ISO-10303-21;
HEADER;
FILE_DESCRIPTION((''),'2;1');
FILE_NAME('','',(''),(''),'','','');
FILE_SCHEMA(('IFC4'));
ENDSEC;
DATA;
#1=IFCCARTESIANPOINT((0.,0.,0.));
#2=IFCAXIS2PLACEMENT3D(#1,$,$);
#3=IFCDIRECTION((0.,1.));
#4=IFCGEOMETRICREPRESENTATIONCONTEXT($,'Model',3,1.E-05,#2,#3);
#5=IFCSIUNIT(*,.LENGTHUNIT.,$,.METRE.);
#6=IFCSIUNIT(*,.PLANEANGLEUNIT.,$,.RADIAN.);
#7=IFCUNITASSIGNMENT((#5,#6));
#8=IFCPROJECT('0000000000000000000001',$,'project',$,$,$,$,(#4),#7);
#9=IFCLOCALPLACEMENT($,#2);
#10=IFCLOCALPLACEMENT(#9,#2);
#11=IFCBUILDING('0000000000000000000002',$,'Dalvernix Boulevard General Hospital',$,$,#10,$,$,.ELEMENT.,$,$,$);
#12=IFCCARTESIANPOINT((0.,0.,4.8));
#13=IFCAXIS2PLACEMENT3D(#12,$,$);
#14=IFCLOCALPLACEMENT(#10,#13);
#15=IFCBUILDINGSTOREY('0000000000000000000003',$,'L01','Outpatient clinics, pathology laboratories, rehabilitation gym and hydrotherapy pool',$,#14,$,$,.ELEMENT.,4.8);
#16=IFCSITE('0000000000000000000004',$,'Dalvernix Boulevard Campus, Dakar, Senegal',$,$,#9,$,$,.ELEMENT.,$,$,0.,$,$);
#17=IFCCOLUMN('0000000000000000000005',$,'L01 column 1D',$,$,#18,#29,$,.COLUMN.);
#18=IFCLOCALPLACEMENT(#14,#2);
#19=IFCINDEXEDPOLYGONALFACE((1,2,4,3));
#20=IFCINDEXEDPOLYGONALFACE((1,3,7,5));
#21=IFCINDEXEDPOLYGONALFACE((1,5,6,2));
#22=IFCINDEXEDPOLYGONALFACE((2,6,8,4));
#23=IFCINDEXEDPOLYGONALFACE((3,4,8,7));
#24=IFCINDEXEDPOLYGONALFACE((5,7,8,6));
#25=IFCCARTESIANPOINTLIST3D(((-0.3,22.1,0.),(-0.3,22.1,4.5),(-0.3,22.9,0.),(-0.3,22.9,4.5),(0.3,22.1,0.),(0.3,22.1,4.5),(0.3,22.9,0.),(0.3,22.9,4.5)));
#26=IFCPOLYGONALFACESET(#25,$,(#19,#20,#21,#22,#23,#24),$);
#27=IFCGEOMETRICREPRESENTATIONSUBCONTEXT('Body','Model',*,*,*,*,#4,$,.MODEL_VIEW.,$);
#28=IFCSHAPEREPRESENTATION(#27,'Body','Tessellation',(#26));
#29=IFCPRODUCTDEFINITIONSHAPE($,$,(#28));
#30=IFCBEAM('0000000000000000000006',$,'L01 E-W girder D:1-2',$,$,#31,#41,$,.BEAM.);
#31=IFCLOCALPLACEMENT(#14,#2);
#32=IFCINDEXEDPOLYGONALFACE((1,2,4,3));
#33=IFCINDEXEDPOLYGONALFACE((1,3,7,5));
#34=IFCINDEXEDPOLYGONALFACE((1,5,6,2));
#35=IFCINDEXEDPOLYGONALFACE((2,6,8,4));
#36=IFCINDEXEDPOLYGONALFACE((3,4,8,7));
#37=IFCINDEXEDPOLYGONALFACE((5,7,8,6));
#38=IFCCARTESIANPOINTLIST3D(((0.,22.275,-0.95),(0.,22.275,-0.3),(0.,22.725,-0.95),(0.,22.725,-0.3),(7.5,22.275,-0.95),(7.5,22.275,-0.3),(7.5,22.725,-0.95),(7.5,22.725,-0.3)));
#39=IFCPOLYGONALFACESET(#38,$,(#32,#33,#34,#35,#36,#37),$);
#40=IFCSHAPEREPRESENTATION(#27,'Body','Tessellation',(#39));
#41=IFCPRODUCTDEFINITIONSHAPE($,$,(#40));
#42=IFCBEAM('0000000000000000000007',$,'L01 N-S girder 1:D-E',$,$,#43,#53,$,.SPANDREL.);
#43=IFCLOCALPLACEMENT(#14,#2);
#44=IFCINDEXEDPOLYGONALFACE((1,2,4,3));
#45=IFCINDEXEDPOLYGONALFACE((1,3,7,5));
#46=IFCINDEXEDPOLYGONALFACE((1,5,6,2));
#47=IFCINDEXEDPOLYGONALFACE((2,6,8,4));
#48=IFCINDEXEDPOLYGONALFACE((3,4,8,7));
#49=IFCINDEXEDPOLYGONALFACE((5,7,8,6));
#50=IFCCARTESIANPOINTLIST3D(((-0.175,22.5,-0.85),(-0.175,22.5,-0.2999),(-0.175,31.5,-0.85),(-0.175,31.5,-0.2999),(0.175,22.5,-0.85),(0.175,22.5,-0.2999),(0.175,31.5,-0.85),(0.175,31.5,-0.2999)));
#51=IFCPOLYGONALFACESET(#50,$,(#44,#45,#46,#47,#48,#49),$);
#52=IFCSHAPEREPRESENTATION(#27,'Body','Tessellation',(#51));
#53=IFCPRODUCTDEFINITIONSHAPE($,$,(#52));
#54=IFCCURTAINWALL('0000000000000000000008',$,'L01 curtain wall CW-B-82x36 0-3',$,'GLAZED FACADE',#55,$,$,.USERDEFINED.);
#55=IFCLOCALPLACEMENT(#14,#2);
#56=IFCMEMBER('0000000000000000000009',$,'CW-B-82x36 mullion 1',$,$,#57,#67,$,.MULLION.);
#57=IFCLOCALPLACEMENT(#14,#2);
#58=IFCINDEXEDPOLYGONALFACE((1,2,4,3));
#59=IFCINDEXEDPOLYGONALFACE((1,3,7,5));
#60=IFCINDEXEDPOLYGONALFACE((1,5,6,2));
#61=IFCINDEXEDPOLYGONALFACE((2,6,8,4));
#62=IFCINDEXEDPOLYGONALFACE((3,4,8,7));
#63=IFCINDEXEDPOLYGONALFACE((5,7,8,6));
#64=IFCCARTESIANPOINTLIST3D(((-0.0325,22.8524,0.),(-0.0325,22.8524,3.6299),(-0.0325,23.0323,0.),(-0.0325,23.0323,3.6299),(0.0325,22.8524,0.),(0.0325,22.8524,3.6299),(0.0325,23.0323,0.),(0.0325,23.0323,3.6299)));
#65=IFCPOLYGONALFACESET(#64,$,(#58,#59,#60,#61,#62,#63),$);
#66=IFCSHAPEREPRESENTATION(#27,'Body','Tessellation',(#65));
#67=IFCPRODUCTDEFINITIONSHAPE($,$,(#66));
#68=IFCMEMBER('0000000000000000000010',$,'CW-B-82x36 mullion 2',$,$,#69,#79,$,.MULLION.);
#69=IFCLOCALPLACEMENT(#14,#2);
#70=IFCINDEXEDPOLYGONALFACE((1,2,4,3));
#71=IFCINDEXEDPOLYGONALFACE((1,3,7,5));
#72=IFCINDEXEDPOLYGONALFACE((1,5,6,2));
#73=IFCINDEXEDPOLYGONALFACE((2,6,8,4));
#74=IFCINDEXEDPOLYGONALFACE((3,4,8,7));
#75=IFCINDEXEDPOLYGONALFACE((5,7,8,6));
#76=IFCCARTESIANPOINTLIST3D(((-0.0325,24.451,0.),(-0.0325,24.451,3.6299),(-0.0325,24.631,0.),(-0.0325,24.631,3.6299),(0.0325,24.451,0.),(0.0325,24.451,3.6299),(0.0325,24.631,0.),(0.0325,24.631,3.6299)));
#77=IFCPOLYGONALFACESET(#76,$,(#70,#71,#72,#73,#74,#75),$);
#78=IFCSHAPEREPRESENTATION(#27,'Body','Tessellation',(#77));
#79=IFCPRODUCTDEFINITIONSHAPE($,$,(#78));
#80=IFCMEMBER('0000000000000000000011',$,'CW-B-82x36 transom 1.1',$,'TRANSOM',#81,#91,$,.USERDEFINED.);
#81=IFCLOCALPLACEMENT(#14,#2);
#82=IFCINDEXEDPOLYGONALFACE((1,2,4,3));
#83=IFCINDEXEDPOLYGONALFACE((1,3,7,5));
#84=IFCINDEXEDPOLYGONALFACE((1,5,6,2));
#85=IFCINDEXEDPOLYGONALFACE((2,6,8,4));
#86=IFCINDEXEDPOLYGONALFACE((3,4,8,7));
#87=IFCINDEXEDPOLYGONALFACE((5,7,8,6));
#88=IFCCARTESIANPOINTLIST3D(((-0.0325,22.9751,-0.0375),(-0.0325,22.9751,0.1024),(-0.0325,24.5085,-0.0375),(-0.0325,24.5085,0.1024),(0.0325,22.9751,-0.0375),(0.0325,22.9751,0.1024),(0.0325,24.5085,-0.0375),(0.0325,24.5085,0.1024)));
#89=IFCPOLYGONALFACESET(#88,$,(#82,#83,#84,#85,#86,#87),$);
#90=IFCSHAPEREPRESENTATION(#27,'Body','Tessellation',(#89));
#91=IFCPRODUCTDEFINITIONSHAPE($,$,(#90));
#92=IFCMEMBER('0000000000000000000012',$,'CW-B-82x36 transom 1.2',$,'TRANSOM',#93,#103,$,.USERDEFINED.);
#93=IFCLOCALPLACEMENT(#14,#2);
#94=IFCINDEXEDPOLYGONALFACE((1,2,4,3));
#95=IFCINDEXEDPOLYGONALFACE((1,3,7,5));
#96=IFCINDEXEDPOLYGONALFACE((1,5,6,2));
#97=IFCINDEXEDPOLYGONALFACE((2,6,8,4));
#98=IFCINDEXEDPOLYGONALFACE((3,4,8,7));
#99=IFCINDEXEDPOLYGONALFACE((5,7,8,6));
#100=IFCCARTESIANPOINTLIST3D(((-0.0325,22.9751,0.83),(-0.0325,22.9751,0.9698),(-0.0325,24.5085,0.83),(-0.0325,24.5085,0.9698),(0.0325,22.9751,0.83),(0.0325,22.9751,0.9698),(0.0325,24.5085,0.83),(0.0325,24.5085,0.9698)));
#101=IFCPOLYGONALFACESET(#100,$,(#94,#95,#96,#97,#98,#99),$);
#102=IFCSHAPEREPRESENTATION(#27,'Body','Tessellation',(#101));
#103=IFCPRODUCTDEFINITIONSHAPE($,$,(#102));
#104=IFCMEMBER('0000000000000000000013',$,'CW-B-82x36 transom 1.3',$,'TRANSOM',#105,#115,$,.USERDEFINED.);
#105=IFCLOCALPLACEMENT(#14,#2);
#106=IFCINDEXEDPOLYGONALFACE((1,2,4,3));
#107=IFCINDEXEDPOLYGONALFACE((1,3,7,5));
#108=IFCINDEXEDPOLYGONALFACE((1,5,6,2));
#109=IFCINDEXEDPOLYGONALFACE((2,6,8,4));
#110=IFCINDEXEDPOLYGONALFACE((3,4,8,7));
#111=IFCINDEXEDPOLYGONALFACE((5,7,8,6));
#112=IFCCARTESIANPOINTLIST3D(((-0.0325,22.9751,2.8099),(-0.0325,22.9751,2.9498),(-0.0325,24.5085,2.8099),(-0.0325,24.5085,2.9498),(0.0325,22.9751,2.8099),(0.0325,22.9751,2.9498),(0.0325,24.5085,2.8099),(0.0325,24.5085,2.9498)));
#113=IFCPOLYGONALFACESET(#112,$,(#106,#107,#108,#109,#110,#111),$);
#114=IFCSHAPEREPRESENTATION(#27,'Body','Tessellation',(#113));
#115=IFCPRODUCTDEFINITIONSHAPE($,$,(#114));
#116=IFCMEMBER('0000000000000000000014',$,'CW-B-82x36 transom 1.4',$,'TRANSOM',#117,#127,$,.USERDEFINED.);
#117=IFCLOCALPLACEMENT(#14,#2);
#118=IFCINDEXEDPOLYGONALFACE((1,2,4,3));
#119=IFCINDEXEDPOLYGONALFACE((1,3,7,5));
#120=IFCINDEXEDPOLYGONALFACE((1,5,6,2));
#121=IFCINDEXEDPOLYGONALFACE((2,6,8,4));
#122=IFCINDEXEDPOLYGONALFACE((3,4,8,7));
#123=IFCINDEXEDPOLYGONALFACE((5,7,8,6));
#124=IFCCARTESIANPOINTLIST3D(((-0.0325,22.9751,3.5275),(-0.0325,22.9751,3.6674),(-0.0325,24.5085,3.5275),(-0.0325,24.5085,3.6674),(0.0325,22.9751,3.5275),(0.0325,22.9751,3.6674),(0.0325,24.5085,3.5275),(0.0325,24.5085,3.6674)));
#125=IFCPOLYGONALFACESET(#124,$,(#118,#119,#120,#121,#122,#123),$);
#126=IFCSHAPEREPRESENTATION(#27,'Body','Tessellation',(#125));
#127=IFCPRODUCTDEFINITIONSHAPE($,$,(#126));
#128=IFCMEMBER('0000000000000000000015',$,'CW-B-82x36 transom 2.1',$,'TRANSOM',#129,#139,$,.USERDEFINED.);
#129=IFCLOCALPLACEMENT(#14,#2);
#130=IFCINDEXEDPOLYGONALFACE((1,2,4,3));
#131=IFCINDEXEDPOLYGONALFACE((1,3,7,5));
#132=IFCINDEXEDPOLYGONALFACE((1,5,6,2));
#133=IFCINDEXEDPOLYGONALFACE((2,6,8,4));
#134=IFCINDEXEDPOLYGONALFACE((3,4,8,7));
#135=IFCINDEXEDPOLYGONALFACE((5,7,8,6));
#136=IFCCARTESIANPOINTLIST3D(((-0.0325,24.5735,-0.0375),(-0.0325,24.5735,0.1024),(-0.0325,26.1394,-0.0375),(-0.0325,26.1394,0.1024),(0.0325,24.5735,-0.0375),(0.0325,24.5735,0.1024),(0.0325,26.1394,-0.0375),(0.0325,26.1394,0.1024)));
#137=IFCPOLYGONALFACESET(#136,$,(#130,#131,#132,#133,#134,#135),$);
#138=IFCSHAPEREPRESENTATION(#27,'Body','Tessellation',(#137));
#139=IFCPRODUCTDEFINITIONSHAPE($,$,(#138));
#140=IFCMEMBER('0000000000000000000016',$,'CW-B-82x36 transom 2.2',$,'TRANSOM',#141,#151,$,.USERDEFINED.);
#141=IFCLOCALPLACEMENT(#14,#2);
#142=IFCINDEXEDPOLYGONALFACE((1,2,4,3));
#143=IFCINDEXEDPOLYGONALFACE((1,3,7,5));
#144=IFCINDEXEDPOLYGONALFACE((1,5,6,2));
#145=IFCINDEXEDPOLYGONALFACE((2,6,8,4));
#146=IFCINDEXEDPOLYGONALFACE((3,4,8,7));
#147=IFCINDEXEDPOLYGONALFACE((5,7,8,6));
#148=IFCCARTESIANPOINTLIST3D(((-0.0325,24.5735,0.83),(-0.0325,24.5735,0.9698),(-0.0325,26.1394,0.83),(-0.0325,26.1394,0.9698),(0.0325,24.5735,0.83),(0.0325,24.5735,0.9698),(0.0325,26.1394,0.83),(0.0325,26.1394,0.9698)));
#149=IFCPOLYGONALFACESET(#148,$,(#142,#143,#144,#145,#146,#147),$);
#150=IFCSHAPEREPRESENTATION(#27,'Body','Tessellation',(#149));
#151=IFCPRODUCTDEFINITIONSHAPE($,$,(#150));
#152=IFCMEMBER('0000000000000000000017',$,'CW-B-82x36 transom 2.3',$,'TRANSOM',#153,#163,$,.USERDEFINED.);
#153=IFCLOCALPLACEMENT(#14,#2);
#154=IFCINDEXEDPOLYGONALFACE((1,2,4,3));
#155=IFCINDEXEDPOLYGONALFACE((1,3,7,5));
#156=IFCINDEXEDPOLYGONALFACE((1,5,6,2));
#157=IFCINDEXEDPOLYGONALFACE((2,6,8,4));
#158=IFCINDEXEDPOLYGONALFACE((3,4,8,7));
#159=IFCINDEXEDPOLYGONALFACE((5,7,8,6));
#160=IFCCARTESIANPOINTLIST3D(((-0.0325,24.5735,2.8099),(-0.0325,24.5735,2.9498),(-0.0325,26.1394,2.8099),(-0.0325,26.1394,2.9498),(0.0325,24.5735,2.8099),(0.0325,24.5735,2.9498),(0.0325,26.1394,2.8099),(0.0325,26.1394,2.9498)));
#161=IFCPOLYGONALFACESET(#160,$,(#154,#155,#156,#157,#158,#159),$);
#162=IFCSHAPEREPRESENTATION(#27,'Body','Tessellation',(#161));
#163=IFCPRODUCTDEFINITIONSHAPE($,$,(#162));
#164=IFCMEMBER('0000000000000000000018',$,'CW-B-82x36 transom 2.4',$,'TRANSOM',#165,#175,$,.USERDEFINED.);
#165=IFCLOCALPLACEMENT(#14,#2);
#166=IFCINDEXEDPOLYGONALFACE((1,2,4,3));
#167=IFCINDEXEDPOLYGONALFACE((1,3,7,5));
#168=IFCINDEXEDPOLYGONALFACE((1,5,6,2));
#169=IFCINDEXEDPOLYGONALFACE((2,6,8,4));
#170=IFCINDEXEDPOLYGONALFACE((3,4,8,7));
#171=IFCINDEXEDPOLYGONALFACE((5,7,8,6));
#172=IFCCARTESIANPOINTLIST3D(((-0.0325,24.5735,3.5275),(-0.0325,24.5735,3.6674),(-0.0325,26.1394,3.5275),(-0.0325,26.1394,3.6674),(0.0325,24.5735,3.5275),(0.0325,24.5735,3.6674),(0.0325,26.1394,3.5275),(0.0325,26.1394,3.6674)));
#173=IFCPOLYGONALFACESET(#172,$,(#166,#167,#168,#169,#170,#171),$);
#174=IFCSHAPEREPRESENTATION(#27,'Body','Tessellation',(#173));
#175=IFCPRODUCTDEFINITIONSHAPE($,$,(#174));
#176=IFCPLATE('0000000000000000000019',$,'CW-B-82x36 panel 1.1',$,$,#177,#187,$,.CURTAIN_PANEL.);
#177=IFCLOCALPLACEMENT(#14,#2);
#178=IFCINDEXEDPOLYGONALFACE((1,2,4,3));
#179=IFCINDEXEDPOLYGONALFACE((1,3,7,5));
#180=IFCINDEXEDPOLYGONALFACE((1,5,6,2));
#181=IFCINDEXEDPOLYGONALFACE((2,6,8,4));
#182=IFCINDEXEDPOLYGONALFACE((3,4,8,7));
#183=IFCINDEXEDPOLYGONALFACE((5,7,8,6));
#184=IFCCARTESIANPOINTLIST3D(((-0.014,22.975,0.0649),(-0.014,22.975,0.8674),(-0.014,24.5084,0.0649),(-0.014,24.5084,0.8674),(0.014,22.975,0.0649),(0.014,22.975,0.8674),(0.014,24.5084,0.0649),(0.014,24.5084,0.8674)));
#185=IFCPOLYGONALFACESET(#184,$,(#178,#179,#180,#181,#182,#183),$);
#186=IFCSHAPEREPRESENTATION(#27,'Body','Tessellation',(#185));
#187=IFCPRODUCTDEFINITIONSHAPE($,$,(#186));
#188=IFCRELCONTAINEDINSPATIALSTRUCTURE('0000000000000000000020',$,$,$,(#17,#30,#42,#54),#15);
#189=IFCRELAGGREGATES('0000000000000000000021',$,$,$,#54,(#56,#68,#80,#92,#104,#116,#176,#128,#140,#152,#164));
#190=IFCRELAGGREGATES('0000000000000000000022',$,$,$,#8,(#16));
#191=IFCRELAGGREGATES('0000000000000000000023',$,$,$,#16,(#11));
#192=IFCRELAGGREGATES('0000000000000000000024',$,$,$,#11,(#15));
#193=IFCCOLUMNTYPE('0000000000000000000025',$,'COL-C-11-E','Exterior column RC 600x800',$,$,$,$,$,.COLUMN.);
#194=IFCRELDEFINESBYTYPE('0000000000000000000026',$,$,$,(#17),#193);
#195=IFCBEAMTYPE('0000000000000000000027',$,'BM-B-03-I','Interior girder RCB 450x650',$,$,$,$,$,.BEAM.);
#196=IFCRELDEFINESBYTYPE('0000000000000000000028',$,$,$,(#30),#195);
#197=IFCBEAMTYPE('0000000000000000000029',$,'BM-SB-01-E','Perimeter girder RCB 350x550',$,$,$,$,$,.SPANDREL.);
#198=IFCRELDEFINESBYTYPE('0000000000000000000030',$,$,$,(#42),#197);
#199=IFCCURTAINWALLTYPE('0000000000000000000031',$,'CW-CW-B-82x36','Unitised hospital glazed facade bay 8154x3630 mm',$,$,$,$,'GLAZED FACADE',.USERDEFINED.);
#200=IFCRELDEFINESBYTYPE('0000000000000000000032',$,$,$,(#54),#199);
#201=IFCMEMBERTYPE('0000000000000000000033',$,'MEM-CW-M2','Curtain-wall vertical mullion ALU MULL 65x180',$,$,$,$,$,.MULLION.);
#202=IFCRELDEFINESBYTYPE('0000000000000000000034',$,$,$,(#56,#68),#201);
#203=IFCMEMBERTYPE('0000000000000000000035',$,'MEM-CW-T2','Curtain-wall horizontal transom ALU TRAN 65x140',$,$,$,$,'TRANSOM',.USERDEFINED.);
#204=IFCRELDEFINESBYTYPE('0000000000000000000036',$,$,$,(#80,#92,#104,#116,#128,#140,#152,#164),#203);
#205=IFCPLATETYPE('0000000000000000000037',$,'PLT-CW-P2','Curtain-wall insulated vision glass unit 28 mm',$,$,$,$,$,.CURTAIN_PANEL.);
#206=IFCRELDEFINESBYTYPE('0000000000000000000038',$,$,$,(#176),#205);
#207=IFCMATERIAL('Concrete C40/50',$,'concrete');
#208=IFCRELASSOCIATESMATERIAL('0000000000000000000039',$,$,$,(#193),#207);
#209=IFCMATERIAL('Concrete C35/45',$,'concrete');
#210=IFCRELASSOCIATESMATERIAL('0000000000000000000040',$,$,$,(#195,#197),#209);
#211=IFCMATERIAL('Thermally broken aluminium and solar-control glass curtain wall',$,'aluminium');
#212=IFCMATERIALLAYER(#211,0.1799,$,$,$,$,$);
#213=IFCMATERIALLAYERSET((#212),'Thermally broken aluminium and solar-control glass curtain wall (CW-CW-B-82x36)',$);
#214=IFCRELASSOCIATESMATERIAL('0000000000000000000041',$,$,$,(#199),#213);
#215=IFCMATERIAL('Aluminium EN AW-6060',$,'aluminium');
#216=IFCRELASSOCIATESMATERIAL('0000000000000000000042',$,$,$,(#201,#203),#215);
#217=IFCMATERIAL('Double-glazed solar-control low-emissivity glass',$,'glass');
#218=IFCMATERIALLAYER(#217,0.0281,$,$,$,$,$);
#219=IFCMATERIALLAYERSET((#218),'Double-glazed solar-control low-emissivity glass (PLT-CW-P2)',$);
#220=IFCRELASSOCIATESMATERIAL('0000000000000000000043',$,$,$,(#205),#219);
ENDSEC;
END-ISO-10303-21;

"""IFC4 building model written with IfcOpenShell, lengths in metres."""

from ifc_helpers import new_model, si_unit, direction, frame, origin, origin_2d, place, context, subcontext, project, spatial, rectangle, extrude, material, layer, layer_set, material_profile, profile_set, type_object, element, aggregate, save


model = new_model("IFC4")

# Units and contexts
model_context = context("Model", 3, precision=1e-05, world=origin(), true_north=direction((0.0, 1.0)))
body_context = subcontext(model_context, "Body", "Model", "MODEL_VIEW")
ifc_project = project(units=[si_unit("LENGTHUNIT", "METRE"), si_unit("PLANEANGLEUNIT", "RADIAN")], contexts=[model_context])

# Site, building, storey
site_placement = place(None, origin())
site = spatial("IfcSite", under=ifc_project, at=site_placement, Name="Dalvernix Boulevard Campus, Dakar, Senegal", CompositionType="ELEMENT", RefElevation=0.0)
building_placement = place(site_placement, origin())
building = spatial("IfcBuilding", under=site, at=building_placement, Name="Dalvernix Boulevard General Hospital", CompositionType="ELEMENT")
storey_placement = place(building_placement, frame((0.0, 0.0, 4.8)))
storey = spatial("IfcBuildingStorey", under=building, at=storey_placement, Name="L01", Description="Outpatient clinics, pathology laboratories, rehabilitation gym and hydrotherapy pool", CompositionType="ELEMENT", Elevation=4.8)

# Column
ifc_material_1 = material(Name="Concrete C40/50", Category="concrete")
ifc_material_profile_1 = material_profile(ifc_material_1, rectangle(XDim=0.6001, YDim=0.8, at=origin_2d()), Name="RC 600x800")
ifc_profile_set_1 = profile_set([ifc_material_profile_1], Name="Concrete C40/50")
column_type = type_object("IfcColumnType", Name="COL-C-11-E", Description="Exterior column RC 600x800", PredefinedType="COLUMN", material=ifc_profile_set_1)
column_placement = place(storey_placement, frame((0.0, 22.5, 0.0), z_axis=(0.0, 0.0, 1.0), x_axis=(1.0, 0.0, 0.0)))
element("IfcColumn", 1, at=column_placement, inside=storey, type_object=column_type, Name="L01 column 1D", PredefinedType="COLUMN", context=body_context, shape_type="SweptSolid", body=[
    extrude(rectangle(XDim=0.6001, YDim=0.8, at=origin_2d()), origin(), (0.0, 0.0, 1.0), 4.5),
])

# Beams
ifc_material_2 = material(Name="Concrete C35/45", Category="concrete")
ifc_material_profile_2 = material_profile(ifc_material_2, rectangle(XDim=0.45, YDim=0.6499, at=origin_2d()), Name="RCB 450x650")
ifc_profile_set_2 = profile_set([ifc_material_profile_2], Name="Concrete C35/45")
beam_type_1 = type_object("IfcBeamType", Name="BM-B-03-I", Description="Interior girder RCB 450x650", PredefinedType="BEAM", material=ifc_profile_set_2)
beam_1_placement = place(storey_placement, frame((0.0, 22.5, -0.625), z_axis=(1.0, 0.0, 0.0), x_axis=(0.0, 1.0, 0.0)))
element("IfcBeam", 2, at=beam_1_placement, inside=storey, type_object=beam_type_1, Name="L01 E-W girder D:1-2", PredefinedType="BEAM", context=body_context, shape_type="SweptSolid", body=[
    extrude(rectangle(XDim=0.45, YDim=0.6499, at=origin_2d()), origin(), (0.0, 0.0, 1.0), 7.5),
])
ifc_material_profile_3 = material_profile(ifc_material_2, rectangle(XDim=0.3501, YDim=0.55, at=origin_2d()), Name="RCB 350x550")
ifc_profile_set_3 = profile_set([ifc_material_profile_3], Name="Concrete C35/45")
beam_type_2 = type_object("IfcBeamType", Name="BM-SB-01-E", Description="Perimeter girder RCB 350x550", PredefinedType="SPANDREL", material=ifc_profile_set_3)
beam_2_placement = place(storey_placement, frame((0.0, 22.5, -0.575), z_axis=(0.0, 1.0, 0.0), x_axis=(-1.0, 0.0, 0.0)))
element("IfcBeam", 3, at=beam_2_placement, inside=storey, type_object=beam_type_2, Name="L01 N-S girder 1:D-E", PredefinedType="SPANDREL", context=body_context, shape_type="SweptSolid", body=[
    extrude(rectangle(XDim=0.3501, YDim=0.55, at=origin_2d()), origin(), (0.0, 0.0, 1.0), 9.0),
])

# Curtain wall, members, plate
ifc_material_3 = material(Name="Thermally broken aluminium and solar-control glass curtain wall", Category="aluminium")
ifc_layer_1 = layer(ifc_material_3, 0.1799)
ifc_layer_set_1 = layer_set([ifc_layer_1], Name="Thermally broken aluminium and solar-control glass curtain wall (CW-CW-B-82x36)")
curtain_wall_type = type_object("IfcCurtainWallType", Name="CW-CW-B-82x36", Description="Unitised hospital glazed facade bay 8154x3630 mm", ElementType="GLAZED FACADE", PredefinedType="USERDEFINED", material=ifc_layer_set_1)
curtain_wall_placement = place(storey_placement, origin())
curtain_wall = element("IfcCurtainWall", 4, at=curtain_wall_placement, inside=storey, type_object=curtain_wall_type, Name="L01 curtain wall CW-B-82x36 0-3", ObjectType="GLAZED FACADE", PredefinedType="USERDEFINED")
ifc_material_4 = material(Name="Aluminium EN AW-6060", Category="aluminium")
ifc_material_profile_4 = material_profile(ifc_material_4, rectangle(XDim=0.0649, YDim=0.1799, at=origin_2d()), Name="ALU MULL 65x180")
ifc_profile_set_4 = profile_set([ifc_material_profile_4], Name="Aluminium EN AW-6060")
member_type_1 = type_object("IfcMemberType", Name="MEM-CW-M2", Description="Curtain-wall vertical mullion ALU MULL 65x180", PredefinedType="MULLION", material=ifc_profile_set_4)
member_1_placement = place(storey_placement, frame((0.0, 22.9424, 0.0), z_axis=(0.0, 0.0, 1.0), x_axis=(-1.0, 0.0, 0.0)))
member_1 = element("IfcMember", 5, at=member_1_placement, type_object=member_type_1, Name="CW-B-82x36 mullion 1", PredefinedType="MULLION", context=body_context, shape_type="SweptSolid", body=[
    extrude(rectangle(XDim=0.0649, YDim=0.1799, at=origin_2d()), origin(), (0.0, 0.0, 1.0), 3.6299),
])
member_2_placement = place(storey_placement, frame((0.0, 24.541, 0.0), z_axis=(0.0, 0.0, 1.0), x_axis=(-1.0, 0.0, 0.0)))
member_2 = element("IfcMember", 6, at=member_2_placement, type_object=member_type_1, Name="CW-B-82x36 mullion 2", PredefinedType="MULLION", context=body_context, shape_type="SweptSolid", body=[
    extrude(rectangle(XDim=0.0649, YDim=0.1799, at=origin_2d()), origin(), (0.0, 0.0, 1.0), 3.6299),
])
ifc_material_profile_5 = material_profile(ifc_material_4, rectangle(XDim=0.0649, YDim=0.1399, at=origin_2d()), Name="ALU TRAN 65x140")
ifc_profile_set_5 = profile_set([ifc_material_profile_5], Name="Aluminium EN AW-6060")
member_type_2 = type_object("IfcMemberType", Name="MEM-CW-T2", Description="Curtain-wall horizontal transom ALU TRAN 65x140", ElementType="TRANSOM", PredefinedType="USERDEFINED", material=ifc_profile_set_5)
member_3_placement = place(storey_placement, frame((0.0, 22.9751, 0.0325), z_axis=(0.0, 1.0, 0.0), x_axis=(-1.0, 0.0, 0.0)))
member_3 = element("IfcMember", 7, at=member_3_placement, type_object=member_type_2, Name="CW-B-82x36 transom 1.1", ObjectType="TRANSOM", PredefinedType="USERDEFINED", context=body_context, shape_type="SweptSolid", body=[
    extrude(rectangle(XDim=0.0649, YDim=0.1399, at=origin_2d()), origin(), (0.0, 0.0, 1.0), 1.5334),
])
member_4_placement = place(storey_placement, frame((0.0, 22.9751, 0.8999), z_axis=(0.0, 1.0, 0.0), x_axis=(-1.0, 0.0, 0.0)))
member_4 = element("IfcMember", 8, at=member_4_placement, type_object=member_type_2, Name="CW-B-82x36 transom 1.2", ObjectType="TRANSOM", PredefinedType="USERDEFINED", context=body_context, shape_type="SweptSolid", body=[
    extrude(rectangle(XDim=0.0649, YDim=0.1399, at=origin_2d()), origin(), (0.0, 0.0, 1.0), 1.5334),
])
member_5_placement = place(storey_placement, frame((0.0, 22.9751, 2.8799), z_axis=(0.0, 1.0, 0.0), x_axis=(-1.0, 0.0, 0.0)))
member_5 = element("IfcMember", 9, at=member_5_placement, type_object=member_type_2, Name="CW-B-82x36 transom 1.3", ObjectType="TRANSOM", PredefinedType="USERDEFINED", context=body_context, shape_type="SweptSolid", body=[
    extrude(rectangle(XDim=0.0649, YDim=0.1399, at=origin_2d()), origin(), (0.0, 0.0, 1.0), 1.5334),
])
member_6_placement = place(storey_placement, frame((0.0, 22.9751, 3.5974), z_axis=(0.0, 1.0, 0.0), x_axis=(-1.0, 0.0, 0.0)))
member_6 = element("IfcMember", 10, at=member_6_placement, type_object=member_type_2, Name="CW-B-82x36 transom 1.4", ObjectType="TRANSOM", PredefinedType="USERDEFINED", context=body_context, shape_type="SweptSolid", body=[
    extrude(rectangle(XDim=0.0649, YDim=0.1399, at=origin_2d()), origin(), (0.0, 0.0, 1.0), 1.5334),
])
member_7_placement = place(storey_placement, frame((0.0, 24.5735, 0.0325), z_axis=(0.0, 1.0, 0.0), x_axis=(-1.0, 0.0, 0.0)))
member_7 = element("IfcMember", 11, at=member_7_placement, type_object=member_type_2, Name="CW-B-82x36 transom 2.1", ObjectType="TRANSOM", PredefinedType="USERDEFINED", context=body_context, shape_type="SweptSolid", body=[
    extrude(rectangle(XDim=0.0649, YDim=0.1399, at=origin_2d()), origin(), (0.0, 0.0, 1.0), 1.5659),
])
member_8_placement = place(storey_placement, frame((0.0, 24.5735, 0.8999), z_axis=(0.0, 1.0, 0.0), x_axis=(-1.0, 0.0, 0.0)))
member_8 = element("IfcMember", 12, at=member_8_placement, type_object=member_type_2, Name="CW-B-82x36 transom 2.2", ObjectType="TRANSOM", PredefinedType="USERDEFINED", context=body_context, shape_type="SweptSolid", body=[
    extrude(rectangle(XDim=0.0649, YDim=0.1399, at=origin_2d()), origin(), (0.0, 0.0, 1.0), 1.5659),
])
member_9_placement = place(storey_placement, frame((0.0, 24.5735, 2.8799), z_axis=(0.0, 1.0, 0.0), x_axis=(-1.0, 0.0, 0.0)))
member_9 = element("IfcMember", 13, at=member_9_placement, type_object=member_type_2, Name="CW-B-82x36 transom 2.3", ObjectType="TRANSOM", PredefinedType="USERDEFINED", context=body_context, shape_type="SweptSolid", body=[
    extrude(rectangle(XDim=0.0649, YDim=0.1399, at=origin_2d()), origin(), (0.0, 0.0, 1.0), 1.5659),
])
member_10_placement = place(storey_placement, frame((0.0, 24.5735, 3.5974), z_axis=(0.0, 1.0, 0.0), x_axis=(-1.0, 0.0, 0.0)))
member_10 = element("IfcMember", 14, at=member_10_placement, type_object=member_type_2, Name="CW-B-82x36 transom 2.4", ObjectType="TRANSOM", PredefinedType="USERDEFINED", context=body_context, shape_type="SweptSolid", body=[
    extrude(rectangle(XDim=0.0649, YDim=0.1399, at=origin_2d()), origin(), (0.0, 0.0, 1.0), 1.5659),
])
ifc_material_5 = material(Name="Double-glazed solar-control low-emissivity glass", Category="glass")
ifc_layer_2 = layer(ifc_material_5, 0.0281)
ifc_layer_set_2 = layer_set([ifc_layer_2], Name="Double-glazed solar-control low-emissivity glass (PLT-CW-P2)")
plate_type = type_object("IfcPlateType", Name="PLT-CW-P2", Description="Curtain-wall insulated vision glass unit 28 mm", PredefinedType="CURTAIN_PANEL", material=ifc_layer_set_2)
plate_1_placement = place(storey_placement, frame((0.0, 23.7417, 0.0649), z_axis=(0.0, 0.0, 1.0), x_axis=(0.0, 1.0, 0.0)))
plate_1 = element("IfcPlate", 15, at=plate_1_placement, type_object=plate_type, Name="CW-B-82x36 panel 1.1", PredefinedType="CURTAIN_PANEL", context=body_context, shape_type="SweptSolid", body=[
    extrude(rectangle(XDim=1.5334, YDim=0.0281, at=origin_2d()), origin(), (0.0, 0.0, 1.0), 0.8025),
])
aggregate(curtain_wall, [member_1, member_2, member_3, member_4, member_5, member_6, plate_1, member_7, member_8, member_9, member_10])

save(model, "model.ifc")
